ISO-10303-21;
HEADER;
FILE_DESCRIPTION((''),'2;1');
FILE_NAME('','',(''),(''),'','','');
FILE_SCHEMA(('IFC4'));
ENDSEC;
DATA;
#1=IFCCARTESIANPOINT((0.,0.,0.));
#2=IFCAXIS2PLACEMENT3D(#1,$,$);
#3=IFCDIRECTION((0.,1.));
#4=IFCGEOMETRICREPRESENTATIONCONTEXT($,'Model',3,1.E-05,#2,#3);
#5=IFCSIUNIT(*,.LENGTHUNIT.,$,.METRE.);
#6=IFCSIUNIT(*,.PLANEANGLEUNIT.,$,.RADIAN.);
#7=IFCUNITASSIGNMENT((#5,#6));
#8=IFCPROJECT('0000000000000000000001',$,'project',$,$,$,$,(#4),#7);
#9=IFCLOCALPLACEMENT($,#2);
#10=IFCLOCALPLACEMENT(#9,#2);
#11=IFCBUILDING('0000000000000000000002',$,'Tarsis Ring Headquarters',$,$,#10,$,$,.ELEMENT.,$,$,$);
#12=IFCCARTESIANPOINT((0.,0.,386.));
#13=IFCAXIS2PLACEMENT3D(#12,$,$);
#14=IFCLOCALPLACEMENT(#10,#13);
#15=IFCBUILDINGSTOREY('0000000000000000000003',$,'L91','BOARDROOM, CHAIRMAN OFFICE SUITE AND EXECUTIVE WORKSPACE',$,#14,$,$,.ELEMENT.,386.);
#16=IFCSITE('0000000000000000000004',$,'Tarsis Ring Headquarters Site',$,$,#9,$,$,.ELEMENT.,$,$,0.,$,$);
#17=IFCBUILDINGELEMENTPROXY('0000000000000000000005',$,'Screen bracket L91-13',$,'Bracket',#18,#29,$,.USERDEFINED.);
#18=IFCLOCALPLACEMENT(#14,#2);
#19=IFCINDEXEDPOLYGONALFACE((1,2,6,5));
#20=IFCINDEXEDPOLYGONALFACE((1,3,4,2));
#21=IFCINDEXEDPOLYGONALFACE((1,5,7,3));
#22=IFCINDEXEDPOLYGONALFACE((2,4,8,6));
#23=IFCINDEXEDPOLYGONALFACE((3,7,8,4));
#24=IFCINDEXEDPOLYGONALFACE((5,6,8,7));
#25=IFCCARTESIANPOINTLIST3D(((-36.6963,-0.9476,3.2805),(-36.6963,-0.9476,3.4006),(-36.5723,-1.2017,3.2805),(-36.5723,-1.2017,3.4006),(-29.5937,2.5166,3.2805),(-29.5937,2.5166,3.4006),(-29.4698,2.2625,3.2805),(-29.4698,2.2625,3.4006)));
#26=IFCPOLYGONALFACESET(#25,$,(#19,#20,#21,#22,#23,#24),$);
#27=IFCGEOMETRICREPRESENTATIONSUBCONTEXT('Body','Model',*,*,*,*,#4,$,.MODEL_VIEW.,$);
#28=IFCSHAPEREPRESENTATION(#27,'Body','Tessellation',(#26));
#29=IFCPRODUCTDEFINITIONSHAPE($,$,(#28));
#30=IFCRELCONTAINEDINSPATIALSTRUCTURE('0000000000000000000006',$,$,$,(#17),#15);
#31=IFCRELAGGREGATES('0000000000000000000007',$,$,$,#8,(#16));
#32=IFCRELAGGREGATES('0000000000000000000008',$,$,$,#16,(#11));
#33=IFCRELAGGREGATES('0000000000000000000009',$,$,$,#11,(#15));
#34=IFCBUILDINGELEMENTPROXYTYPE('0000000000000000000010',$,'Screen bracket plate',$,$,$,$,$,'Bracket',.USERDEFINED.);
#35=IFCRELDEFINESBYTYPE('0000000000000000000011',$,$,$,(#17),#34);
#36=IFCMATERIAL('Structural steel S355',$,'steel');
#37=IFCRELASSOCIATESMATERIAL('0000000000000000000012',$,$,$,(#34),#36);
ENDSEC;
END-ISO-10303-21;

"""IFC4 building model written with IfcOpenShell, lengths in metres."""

from ifc_helpers import new_model, si_unit, direction, frame, origin, origin_2d, place, context, subcontext, project, spatial, rectangle, extrude, material, type_object, element, save


model = new_model("IFC4")

# Units and contexts
model_context = context("Model", 3, precision=1e-05, world=origin(), true_north=direction((0.0, 1.0)))
body_context = subcontext(model_context, "Body", "Model", "MODEL_VIEW")
ifc_project = project(units=[si_unit("LENGTHUNIT", "METRE"), si_unit("PLANEANGLEUNIT", "RADIAN")], contexts=[model_context])

# Site, building, storey
site_placement = place(None, origin())
site = spatial("IfcSite", under=ifc_project, at=site_placement, Name="Tarsis Ring Headquarters Site", CompositionType="ELEMENT", RefElevation=0.0)
building_placement = place(site_placement, origin())
building = spatial("IfcBuilding", under=site, at=building_placement, Name="Tarsis Ring Headquarters", CompositionType="ELEMENT")
storey_placement = place(building_placement, frame((0.0, 0.0, 386.0)))
storey = spatial("IfcBuildingStorey", under=building, at=storey_placement, Name="L91", Description="BOARDROOM, CHAIRMAN OFFICE SUITE AND EXECUTIVE WORKSPACE", CompositionType="ELEMENT", Elevation=386.0)

# Shared definitions
ifc_material_1 = material(Name="Structural steel S355", Category="steel")

# Building element proxy
building_element_proxy_type = type_object("IfcBuildingElementProxyType", Name="Screen bracket plate", ElementType="Bracket", PredefinedType="USERDEFINED", material=ifc_material_1)
proxy_placement = place(storey_placement, frame((-33.083, 0.6575, 3.2805), z_axis=(0.0, 0.0, 1.0), x_axis=(-0.898794, -0.438371, 0.0)))
element("IfcBuildingElementProxy", 1, at=proxy_placement, inside=storey, type_object=building_element_proxy_type, Name="Screen bracket L91-13", ObjectType="Bracket", PredefinedType="USERDEFINED", context=body_context, shape_type="SweptSolid", body=[
    extrude(rectangle(XDim=7.9023, YDim=0.2827, at=origin_2d()), origin(), (0.0, 0.0, 1.0), 0.1201),
])

save(model, "model.ifc")
